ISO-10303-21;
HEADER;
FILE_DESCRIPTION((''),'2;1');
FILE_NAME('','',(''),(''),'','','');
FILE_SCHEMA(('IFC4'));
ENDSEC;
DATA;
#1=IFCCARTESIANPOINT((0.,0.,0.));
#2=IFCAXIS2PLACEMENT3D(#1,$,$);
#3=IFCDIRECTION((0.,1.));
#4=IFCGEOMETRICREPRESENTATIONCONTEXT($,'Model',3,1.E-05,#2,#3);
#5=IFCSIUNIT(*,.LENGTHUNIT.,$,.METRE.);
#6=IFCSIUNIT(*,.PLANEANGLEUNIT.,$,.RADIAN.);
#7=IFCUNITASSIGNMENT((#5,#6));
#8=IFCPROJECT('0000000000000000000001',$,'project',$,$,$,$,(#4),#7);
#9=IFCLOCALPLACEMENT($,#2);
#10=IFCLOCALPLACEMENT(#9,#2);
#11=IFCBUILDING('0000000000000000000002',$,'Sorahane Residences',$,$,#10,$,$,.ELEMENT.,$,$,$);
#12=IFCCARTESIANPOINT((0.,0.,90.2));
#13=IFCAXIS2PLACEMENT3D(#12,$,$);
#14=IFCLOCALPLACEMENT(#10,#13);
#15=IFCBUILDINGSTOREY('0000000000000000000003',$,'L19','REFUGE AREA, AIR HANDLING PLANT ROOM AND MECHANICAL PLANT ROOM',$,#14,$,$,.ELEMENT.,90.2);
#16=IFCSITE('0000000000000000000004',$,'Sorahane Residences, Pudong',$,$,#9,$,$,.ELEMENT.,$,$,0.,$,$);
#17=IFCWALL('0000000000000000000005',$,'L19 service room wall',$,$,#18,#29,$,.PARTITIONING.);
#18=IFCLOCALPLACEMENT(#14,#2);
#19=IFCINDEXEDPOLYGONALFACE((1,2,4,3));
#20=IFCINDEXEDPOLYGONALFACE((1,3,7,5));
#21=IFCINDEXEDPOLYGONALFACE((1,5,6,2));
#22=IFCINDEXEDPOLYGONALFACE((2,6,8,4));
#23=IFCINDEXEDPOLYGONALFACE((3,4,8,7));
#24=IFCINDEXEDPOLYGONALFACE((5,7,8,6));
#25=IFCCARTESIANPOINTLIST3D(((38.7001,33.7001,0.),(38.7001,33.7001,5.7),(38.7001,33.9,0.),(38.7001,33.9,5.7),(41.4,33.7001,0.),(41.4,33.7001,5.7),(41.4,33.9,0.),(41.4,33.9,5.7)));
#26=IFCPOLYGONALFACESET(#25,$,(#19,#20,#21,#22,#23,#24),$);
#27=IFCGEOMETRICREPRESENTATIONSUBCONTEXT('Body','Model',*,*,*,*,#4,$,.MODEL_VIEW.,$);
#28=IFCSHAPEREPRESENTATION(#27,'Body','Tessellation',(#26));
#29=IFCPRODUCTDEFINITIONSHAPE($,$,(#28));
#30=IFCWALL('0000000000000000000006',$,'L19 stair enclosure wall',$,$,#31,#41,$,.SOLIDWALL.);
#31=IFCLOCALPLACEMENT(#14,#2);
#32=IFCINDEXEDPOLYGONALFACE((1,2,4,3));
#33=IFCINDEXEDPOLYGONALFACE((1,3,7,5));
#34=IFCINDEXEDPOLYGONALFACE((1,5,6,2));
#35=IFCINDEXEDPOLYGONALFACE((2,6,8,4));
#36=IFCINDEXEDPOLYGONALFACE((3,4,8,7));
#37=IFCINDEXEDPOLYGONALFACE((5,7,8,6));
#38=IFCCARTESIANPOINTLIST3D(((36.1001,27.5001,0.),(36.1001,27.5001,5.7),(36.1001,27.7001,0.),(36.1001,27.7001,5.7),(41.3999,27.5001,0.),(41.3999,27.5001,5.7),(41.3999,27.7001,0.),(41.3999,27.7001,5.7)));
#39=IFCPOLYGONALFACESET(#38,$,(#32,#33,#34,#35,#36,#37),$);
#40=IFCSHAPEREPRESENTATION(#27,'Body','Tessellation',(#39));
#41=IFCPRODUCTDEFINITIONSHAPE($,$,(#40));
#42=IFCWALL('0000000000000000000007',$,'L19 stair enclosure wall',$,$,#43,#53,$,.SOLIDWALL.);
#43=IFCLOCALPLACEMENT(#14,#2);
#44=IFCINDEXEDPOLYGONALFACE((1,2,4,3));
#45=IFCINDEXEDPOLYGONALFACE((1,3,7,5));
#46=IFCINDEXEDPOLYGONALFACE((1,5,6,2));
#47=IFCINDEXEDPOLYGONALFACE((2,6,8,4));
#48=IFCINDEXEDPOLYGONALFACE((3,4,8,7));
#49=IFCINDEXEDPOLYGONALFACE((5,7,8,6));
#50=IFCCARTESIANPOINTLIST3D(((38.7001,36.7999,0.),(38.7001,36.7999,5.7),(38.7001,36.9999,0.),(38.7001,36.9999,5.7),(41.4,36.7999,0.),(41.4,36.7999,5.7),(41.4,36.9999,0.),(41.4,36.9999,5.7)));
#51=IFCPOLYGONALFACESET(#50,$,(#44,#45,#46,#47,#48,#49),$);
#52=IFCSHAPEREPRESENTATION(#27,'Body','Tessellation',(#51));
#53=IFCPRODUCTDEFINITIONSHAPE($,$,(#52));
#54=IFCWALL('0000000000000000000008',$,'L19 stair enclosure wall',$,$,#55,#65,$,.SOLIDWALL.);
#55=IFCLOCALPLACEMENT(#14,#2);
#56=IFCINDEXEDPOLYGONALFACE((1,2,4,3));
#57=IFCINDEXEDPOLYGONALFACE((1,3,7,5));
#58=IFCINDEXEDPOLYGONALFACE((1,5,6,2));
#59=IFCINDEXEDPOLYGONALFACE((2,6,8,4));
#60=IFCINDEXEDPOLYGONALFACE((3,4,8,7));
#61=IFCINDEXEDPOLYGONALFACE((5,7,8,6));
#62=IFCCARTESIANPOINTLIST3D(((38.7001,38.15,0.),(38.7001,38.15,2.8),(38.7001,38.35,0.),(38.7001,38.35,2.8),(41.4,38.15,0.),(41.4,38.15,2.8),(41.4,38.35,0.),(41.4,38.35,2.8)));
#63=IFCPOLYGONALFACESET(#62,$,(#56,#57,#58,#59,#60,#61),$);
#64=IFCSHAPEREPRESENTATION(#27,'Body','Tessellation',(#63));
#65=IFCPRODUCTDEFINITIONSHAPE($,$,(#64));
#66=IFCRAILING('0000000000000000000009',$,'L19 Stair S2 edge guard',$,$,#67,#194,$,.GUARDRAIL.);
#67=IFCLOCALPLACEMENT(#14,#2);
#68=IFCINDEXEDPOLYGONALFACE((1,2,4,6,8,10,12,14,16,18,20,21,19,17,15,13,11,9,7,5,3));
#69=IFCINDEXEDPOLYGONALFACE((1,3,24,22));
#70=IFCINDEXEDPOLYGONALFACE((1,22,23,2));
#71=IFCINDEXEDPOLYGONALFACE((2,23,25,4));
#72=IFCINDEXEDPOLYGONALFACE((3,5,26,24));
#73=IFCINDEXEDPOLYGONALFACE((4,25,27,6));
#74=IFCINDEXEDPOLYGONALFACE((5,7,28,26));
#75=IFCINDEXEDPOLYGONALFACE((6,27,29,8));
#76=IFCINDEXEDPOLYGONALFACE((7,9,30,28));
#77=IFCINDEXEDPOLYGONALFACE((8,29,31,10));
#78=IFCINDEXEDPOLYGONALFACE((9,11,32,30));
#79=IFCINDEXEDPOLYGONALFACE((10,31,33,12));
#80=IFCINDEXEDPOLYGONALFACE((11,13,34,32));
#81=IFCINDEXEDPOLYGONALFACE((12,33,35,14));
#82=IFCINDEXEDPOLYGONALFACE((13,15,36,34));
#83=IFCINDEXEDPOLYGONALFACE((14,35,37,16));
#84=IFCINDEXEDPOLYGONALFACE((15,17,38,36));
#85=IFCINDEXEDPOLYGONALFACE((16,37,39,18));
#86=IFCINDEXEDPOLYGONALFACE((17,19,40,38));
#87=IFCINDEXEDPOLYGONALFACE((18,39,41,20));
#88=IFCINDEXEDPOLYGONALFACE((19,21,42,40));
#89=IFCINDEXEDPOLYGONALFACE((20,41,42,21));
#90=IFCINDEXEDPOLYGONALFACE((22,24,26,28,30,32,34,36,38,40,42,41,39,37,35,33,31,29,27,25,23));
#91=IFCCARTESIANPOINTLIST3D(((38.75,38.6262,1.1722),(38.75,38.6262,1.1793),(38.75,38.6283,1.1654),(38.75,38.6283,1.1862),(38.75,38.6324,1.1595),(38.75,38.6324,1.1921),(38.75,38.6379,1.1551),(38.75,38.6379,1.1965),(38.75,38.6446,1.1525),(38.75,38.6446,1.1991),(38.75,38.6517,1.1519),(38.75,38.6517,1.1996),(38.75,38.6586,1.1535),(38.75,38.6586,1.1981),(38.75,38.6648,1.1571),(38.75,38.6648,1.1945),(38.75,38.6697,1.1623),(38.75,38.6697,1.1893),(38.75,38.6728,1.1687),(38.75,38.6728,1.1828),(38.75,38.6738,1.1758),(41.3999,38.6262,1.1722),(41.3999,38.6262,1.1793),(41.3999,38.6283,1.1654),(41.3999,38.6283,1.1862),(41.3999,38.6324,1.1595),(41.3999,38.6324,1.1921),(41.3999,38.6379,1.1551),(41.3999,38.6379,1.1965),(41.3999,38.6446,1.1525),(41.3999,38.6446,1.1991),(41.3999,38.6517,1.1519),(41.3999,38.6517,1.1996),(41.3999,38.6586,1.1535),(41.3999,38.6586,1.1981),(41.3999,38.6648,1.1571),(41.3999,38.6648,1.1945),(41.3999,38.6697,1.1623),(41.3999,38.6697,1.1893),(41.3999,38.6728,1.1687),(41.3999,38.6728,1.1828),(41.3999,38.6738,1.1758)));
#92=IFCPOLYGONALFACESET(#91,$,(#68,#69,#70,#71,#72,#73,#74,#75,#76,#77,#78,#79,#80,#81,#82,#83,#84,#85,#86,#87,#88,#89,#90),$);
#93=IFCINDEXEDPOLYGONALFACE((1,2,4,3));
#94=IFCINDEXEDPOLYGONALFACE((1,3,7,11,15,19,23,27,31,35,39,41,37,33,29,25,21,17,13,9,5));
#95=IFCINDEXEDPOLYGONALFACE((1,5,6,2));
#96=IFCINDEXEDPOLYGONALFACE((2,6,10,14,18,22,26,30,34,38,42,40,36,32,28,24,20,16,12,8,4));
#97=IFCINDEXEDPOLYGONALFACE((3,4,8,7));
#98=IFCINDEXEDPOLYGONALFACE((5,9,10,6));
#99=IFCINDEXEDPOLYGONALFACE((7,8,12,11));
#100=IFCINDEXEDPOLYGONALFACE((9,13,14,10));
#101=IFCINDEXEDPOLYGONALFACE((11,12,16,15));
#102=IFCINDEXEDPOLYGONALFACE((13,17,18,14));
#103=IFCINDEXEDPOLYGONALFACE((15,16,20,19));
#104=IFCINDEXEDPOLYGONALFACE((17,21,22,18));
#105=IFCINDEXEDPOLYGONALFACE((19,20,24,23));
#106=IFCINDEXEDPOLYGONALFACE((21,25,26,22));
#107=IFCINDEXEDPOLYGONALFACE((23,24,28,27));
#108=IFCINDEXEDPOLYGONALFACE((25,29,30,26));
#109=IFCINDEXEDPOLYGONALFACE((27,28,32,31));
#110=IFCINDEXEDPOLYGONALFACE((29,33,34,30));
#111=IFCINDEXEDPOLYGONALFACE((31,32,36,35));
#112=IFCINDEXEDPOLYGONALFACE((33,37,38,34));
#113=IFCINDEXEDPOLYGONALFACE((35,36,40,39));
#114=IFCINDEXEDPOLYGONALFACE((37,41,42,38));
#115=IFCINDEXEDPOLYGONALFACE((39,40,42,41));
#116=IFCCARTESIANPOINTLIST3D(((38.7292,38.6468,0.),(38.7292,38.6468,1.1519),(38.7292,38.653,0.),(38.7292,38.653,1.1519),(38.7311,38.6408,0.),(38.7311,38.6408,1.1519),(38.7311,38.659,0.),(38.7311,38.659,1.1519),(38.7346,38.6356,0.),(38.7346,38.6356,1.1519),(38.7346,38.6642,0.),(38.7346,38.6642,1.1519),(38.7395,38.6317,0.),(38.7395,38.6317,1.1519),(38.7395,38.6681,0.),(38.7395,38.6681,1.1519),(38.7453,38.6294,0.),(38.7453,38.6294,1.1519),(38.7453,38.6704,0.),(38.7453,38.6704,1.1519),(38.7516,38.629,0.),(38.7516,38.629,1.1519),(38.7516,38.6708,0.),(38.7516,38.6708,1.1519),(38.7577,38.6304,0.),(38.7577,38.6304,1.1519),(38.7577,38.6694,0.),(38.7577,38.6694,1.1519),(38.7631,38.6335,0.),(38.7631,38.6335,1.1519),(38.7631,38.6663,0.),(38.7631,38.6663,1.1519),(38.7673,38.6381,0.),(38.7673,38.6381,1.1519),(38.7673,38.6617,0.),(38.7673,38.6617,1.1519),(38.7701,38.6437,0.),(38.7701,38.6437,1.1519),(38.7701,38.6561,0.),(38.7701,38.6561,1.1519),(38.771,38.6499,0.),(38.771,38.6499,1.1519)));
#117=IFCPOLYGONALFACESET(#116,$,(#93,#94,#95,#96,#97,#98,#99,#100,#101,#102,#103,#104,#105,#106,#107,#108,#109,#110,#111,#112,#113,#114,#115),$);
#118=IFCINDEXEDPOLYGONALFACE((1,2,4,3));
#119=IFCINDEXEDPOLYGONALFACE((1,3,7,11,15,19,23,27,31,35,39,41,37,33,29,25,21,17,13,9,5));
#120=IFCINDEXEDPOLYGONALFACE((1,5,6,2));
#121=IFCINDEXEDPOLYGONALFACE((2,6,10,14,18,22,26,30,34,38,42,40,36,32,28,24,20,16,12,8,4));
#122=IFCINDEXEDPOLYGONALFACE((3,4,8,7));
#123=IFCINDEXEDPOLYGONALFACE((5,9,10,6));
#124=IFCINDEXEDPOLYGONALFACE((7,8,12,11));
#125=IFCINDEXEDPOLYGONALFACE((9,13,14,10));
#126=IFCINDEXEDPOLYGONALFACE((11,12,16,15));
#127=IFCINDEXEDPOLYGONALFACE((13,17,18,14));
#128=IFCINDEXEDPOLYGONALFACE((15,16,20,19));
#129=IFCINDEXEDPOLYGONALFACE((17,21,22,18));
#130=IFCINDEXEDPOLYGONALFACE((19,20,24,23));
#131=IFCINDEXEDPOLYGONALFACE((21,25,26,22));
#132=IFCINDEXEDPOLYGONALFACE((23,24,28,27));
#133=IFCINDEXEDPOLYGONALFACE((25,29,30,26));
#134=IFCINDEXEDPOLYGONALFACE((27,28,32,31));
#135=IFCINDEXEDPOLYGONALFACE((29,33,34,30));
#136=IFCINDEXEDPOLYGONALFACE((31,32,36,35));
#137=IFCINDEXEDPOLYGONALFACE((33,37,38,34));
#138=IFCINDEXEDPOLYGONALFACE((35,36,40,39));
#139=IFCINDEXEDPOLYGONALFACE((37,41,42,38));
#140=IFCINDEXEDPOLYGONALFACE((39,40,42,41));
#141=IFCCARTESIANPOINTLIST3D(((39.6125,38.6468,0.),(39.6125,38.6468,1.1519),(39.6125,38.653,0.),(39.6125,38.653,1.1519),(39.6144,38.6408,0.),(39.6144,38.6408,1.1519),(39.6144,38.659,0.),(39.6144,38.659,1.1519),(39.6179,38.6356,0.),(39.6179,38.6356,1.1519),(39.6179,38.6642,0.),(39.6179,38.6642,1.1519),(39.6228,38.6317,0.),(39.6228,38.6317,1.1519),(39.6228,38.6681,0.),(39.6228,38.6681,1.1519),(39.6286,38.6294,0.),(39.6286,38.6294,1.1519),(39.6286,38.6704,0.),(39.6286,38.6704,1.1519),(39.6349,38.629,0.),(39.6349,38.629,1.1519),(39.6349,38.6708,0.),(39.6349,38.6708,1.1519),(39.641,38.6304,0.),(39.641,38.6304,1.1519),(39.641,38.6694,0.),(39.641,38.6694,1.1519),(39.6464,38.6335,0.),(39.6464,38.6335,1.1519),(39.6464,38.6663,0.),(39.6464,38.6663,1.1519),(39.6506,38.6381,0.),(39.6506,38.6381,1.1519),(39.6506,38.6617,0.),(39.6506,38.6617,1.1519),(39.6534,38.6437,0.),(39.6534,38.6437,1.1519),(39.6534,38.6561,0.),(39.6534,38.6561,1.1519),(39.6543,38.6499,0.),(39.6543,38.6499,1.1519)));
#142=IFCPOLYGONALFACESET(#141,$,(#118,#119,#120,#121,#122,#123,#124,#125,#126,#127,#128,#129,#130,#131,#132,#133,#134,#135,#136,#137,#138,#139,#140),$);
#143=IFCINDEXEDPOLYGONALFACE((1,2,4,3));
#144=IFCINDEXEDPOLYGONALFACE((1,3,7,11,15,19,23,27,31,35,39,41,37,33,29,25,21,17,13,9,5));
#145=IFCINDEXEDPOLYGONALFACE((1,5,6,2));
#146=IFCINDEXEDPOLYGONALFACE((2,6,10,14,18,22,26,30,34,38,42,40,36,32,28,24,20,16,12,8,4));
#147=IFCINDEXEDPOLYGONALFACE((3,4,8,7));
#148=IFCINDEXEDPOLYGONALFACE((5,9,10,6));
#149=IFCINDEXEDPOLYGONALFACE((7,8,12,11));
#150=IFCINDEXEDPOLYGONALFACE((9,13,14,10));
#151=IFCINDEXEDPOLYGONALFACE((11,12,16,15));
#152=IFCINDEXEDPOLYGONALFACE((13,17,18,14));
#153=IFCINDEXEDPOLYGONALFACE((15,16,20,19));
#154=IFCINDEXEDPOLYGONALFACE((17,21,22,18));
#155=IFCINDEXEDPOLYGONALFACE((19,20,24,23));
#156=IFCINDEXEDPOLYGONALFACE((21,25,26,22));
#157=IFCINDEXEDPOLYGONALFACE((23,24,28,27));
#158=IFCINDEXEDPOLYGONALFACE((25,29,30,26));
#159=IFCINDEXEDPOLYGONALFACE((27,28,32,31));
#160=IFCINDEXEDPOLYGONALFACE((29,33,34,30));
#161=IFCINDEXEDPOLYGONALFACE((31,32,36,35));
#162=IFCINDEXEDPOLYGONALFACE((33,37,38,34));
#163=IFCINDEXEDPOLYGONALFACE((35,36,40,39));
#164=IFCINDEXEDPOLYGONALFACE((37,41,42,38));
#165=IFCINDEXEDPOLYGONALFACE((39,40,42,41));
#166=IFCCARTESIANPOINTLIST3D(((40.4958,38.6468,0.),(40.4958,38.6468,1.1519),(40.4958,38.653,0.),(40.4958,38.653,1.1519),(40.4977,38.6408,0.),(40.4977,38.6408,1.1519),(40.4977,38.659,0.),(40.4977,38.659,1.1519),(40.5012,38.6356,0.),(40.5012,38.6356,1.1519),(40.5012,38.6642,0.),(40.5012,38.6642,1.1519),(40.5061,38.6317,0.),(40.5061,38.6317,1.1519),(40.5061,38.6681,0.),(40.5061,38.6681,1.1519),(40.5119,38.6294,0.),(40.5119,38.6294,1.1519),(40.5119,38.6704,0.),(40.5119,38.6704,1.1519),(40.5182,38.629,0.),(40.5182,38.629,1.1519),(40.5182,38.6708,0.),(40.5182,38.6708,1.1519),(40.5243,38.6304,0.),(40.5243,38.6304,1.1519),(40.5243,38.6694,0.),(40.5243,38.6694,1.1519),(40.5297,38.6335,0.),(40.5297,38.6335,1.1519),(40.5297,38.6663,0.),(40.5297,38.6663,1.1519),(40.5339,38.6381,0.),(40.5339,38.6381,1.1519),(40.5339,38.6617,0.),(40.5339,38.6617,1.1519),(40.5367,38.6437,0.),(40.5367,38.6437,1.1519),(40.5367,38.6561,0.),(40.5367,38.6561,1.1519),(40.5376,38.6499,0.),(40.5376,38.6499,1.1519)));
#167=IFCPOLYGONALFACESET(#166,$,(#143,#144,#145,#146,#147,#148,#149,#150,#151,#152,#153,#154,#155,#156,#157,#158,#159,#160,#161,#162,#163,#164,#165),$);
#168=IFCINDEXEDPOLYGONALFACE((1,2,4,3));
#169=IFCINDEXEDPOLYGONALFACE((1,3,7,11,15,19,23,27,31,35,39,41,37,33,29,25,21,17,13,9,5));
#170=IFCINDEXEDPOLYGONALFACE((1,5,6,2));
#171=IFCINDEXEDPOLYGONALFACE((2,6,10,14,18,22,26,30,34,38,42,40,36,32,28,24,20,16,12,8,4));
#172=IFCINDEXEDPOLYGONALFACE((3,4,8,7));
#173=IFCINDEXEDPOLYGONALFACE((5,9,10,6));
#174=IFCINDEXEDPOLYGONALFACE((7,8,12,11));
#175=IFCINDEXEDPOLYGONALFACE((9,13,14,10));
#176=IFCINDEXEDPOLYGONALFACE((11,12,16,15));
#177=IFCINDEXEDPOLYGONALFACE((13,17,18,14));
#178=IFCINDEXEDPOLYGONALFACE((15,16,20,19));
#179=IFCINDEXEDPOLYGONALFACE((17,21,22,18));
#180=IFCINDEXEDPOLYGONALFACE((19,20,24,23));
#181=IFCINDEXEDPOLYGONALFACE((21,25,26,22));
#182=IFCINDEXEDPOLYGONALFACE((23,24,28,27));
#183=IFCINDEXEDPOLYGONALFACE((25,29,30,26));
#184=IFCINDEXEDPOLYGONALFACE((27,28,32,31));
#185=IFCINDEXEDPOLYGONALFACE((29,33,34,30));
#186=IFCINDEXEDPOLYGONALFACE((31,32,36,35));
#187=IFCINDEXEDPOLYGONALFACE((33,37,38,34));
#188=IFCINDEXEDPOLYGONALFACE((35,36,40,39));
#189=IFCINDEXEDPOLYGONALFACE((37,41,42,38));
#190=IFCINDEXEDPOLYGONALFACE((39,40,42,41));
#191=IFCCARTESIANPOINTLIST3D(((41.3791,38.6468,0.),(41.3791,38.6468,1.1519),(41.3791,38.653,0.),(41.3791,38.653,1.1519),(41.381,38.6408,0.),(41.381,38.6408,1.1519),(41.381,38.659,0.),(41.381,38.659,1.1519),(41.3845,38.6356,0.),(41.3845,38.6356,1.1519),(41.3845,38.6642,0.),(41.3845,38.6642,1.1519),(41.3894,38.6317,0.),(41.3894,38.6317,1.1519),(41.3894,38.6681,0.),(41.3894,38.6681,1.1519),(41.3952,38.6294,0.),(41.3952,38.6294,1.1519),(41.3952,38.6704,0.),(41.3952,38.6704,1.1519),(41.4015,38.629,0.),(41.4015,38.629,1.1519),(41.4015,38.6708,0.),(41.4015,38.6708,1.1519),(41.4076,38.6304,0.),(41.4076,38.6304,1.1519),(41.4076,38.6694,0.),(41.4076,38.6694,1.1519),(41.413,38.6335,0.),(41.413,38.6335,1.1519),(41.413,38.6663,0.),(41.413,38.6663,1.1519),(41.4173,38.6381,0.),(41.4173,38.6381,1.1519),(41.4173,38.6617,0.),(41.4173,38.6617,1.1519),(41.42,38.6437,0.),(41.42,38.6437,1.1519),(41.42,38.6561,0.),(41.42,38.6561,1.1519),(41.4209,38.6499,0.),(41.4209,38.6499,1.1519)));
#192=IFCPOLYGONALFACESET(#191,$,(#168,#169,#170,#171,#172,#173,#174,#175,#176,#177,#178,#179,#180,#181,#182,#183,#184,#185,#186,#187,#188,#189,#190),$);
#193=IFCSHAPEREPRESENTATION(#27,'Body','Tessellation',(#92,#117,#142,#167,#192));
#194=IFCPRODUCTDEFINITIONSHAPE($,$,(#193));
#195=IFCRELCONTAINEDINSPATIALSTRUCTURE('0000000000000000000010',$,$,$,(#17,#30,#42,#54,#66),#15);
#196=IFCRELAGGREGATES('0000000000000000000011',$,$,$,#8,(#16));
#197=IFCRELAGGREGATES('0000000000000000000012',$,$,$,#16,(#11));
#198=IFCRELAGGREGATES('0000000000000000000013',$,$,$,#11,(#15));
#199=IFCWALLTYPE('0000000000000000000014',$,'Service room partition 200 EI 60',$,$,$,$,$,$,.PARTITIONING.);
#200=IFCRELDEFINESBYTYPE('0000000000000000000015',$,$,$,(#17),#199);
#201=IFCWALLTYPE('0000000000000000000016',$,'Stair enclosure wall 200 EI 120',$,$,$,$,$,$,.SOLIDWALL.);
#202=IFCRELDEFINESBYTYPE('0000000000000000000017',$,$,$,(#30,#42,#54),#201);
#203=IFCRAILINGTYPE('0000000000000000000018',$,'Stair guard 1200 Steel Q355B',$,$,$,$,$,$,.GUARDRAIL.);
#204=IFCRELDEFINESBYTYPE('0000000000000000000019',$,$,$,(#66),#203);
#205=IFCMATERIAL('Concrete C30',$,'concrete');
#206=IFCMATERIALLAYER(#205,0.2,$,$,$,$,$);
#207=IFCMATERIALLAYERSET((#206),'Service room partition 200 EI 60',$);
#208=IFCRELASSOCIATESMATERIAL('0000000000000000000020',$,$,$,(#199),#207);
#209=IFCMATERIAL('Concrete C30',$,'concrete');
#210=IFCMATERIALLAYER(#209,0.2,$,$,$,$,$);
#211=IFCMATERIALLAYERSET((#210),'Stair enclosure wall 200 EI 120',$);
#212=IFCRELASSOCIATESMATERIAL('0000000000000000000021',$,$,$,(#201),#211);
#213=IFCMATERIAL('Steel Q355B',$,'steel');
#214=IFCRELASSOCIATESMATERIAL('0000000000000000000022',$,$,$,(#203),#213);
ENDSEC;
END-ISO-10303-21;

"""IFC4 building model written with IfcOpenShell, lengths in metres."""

from ifc_helpers import new_model, si_unit, direction, frame, frame_2d, origin, origin_2d, place, context, subcontext, project, spatial, rectangle, circle, extrude, material, layer, layer_set, type_object, element, save


model = new_model("IFC4")

# Units and contexts
model_context = context("Model", 3, precision=1e-05, world=origin(), true_north=direction((0.0, 1.0)))
body_context = subcontext(model_context, "Body", "Model", "MODEL_VIEW")
ifc_project = project(units=[si_unit("LENGTHUNIT", "METRE"), si_unit("PLANEANGLEUNIT", "RADIAN")], contexts=[model_context])

# Site, building, storey
site_placement = place(None, origin())
site = spatial("IfcSite", under=ifc_project, at=site_placement, Name="Sorahane Residences, Pudong", CompositionType="ELEMENT", RefElevation=0.0)
building_placement = place(site_placement, origin())
building = spatial("IfcBuilding", under=site, at=building_placement, Name="Sorahane Residences", CompositionType="ELEMENT")
storey_placement = place(building_placement, frame((0.0, 0.0, 90.2)))
storey = spatial("IfcBuildingStorey", under=building, at=storey_placement, Name="L19", Description="REFUGE AREA, AIR HANDLING PLANT ROOM AND MECHANICAL PLANT ROOM", CompositionType="ELEMENT", Elevation=90.2)

# Walls
ifc_material_1 = material(Name="Concrete C30", Category="concrete")
ifc_layer_1 = layer(ifc_material_1, 0.2)
ifc_layer_set_1 = layer_set([ifc_layer_1], Name="Service room partition 200 EI 60")
wall_type_1 = type_object("IfcWallType", Name="Service room partition 200 EI 60", PredefinedType="PARTITIONING", material=ifc_layer_set_1)
for number, where, z_axis, x_axis, name in (
    (1, (38.7, 33.8, 0.0), (0.0, 0.0, 1.0), (1.0, 0.0, 0.0), "L19 service room wall"),
):
    element("IfcWall", number, at=place(storey_placement, frame(where, z_axis=z_axis, x_axis=x_axis)), inside=storey, type_object=wall_type_1, Name=name, PredefinedType="PARTITIONING", context=body_context, shape_type="SweptSolid", body=[
        extrude(rectangle(XDim=2.7, YDim=0.2, at=frame_2d((1.3501, 0.0))), origin(), (0.0, 0.0, 1.0), 5.7),
    ])
ifc_material_2 = material(Name="Concrete C30", Category="concrete")
ifc_layer_2 = layer(ifc_material_2, 0.2)
ifc_layer_set_2 = layer_set([ifc_layer_2], Name="Stair enclosure wall 200 EI 120")
wall_type_2 = type_object("IfcWallType", Name="Stair enclosure wall 200 EI 120", PredefinedType="SOLIDWALL", material=ifc_layer_set_2)
wall_1_placement = place(storey_placement, frame((36.1001, 27.6001, 0.0), z_axis=(0.0, 0.0, 1.0), x_axis=(1.0, 0.0, 0.0)))
element("IfcWall", 2, at=wall_1_placement, inside=storey, type_object=wall_type_2, Name="L19 stair enclosure wall", PredefinedType="SOLIDWALL", context=body_context, shape_type="SweptSolid", body=[
    extrude(rectangle(XDim=5.2998, YDim=0.2, at=frame_2d((2.6499, 0.0))), origin(), (0.0, 0.0, 1.0), 5.7),
])
wall_2_placement = place(storey_placement, frame((38.7, 36.8999, 0.0), z_axis=(0.0, 0.0, 1.0), x_axis=(1.0, 0.0, 0.0)))
element("IfcWall", 3, at=wall_2_placement, inside=storey, type_object=wall_type_2, Name="L19 stair enclosure wall", PredefinedType="SOLIDWALL", context=body_context, shape_type="SweptSolid", body=[
    extrude(rectangle(XDim=2.7, YDim=0.2, at=frame_2d((1.3501, 0.0))), origin(), (0.0, 0.0, 1.0), 5.7),
])
wall_3_placement = place(storey_placement, frame((38.7, 38.25, 0.0), z_axis=(0.0, 0.0, 1.0), x_axis=(1.0, 0.0, 0.0)))
element("IfcWall", 4, at=wall_3_placement, inside=storey, type_object=wall_type_2, Name="L19 stair enclosure wall", PredefinedType="SOLIDWALL", context=body_context, shape_type="SweptSolid", body=[
    extrude(rectangle(XDim=2.7, YDim=0.2, at=frame_2d((1.3501, 0.0))), origin(), (0.0, 0.0, 1.0), 2.8),
])

# Railing
ifc_material_3 = material(Name="Steel Q355B", Category="steel")
railing_type = type_object("IfcRailingType", Name="Stair guard 1200 Steel Q355B", PredefinedType="GUARDRAIL", material=ifc_material_3)
railing_placement = place(storey_placement, frame((38.75, 38.6499, 0.0)))
element("IfcRailing", 5, at=railing_placement, inside=storey, type_object=railing_type, Name="L19 Stair S2 edge guard", PredefinedType="GUARDRAIL", context=body_context, shape_type="SweptSolid", body=[
    extrude(circle(Radius=0.0239, at=origin_2d()), frame((0.0, 0.0, 1.1758), z_axis=(1.0, 0.0, 0.0), x_axis=(0.0, 1.0, 0.0)), (0.0, 0.0, 1.0), 2.6499),
    extrude(circle(Radius=0.021, at=origin_2d()), origin(), (0.0, 0.0, 1.0), 1.1519),
    extrude(circle(Radius=0.021, at=origin_2d()), frame((0.8833, 0.0, 0.0)), (0.0, 0.0, 1.0), 1.1519),
    extrude(circle(Radius=0.021, at=origin_2d()), frame((1.7666, 0.0, 0.0)), (0.0, 0.0, 1.0), 1.1519),
    extrude(circle(Radius=0.021, at=origin_2d()), frame((2.6499, 0.0, 0.0)), (0.0, 0.0, 1.0), 1.1519),
])

save(model, "model.ifc")
